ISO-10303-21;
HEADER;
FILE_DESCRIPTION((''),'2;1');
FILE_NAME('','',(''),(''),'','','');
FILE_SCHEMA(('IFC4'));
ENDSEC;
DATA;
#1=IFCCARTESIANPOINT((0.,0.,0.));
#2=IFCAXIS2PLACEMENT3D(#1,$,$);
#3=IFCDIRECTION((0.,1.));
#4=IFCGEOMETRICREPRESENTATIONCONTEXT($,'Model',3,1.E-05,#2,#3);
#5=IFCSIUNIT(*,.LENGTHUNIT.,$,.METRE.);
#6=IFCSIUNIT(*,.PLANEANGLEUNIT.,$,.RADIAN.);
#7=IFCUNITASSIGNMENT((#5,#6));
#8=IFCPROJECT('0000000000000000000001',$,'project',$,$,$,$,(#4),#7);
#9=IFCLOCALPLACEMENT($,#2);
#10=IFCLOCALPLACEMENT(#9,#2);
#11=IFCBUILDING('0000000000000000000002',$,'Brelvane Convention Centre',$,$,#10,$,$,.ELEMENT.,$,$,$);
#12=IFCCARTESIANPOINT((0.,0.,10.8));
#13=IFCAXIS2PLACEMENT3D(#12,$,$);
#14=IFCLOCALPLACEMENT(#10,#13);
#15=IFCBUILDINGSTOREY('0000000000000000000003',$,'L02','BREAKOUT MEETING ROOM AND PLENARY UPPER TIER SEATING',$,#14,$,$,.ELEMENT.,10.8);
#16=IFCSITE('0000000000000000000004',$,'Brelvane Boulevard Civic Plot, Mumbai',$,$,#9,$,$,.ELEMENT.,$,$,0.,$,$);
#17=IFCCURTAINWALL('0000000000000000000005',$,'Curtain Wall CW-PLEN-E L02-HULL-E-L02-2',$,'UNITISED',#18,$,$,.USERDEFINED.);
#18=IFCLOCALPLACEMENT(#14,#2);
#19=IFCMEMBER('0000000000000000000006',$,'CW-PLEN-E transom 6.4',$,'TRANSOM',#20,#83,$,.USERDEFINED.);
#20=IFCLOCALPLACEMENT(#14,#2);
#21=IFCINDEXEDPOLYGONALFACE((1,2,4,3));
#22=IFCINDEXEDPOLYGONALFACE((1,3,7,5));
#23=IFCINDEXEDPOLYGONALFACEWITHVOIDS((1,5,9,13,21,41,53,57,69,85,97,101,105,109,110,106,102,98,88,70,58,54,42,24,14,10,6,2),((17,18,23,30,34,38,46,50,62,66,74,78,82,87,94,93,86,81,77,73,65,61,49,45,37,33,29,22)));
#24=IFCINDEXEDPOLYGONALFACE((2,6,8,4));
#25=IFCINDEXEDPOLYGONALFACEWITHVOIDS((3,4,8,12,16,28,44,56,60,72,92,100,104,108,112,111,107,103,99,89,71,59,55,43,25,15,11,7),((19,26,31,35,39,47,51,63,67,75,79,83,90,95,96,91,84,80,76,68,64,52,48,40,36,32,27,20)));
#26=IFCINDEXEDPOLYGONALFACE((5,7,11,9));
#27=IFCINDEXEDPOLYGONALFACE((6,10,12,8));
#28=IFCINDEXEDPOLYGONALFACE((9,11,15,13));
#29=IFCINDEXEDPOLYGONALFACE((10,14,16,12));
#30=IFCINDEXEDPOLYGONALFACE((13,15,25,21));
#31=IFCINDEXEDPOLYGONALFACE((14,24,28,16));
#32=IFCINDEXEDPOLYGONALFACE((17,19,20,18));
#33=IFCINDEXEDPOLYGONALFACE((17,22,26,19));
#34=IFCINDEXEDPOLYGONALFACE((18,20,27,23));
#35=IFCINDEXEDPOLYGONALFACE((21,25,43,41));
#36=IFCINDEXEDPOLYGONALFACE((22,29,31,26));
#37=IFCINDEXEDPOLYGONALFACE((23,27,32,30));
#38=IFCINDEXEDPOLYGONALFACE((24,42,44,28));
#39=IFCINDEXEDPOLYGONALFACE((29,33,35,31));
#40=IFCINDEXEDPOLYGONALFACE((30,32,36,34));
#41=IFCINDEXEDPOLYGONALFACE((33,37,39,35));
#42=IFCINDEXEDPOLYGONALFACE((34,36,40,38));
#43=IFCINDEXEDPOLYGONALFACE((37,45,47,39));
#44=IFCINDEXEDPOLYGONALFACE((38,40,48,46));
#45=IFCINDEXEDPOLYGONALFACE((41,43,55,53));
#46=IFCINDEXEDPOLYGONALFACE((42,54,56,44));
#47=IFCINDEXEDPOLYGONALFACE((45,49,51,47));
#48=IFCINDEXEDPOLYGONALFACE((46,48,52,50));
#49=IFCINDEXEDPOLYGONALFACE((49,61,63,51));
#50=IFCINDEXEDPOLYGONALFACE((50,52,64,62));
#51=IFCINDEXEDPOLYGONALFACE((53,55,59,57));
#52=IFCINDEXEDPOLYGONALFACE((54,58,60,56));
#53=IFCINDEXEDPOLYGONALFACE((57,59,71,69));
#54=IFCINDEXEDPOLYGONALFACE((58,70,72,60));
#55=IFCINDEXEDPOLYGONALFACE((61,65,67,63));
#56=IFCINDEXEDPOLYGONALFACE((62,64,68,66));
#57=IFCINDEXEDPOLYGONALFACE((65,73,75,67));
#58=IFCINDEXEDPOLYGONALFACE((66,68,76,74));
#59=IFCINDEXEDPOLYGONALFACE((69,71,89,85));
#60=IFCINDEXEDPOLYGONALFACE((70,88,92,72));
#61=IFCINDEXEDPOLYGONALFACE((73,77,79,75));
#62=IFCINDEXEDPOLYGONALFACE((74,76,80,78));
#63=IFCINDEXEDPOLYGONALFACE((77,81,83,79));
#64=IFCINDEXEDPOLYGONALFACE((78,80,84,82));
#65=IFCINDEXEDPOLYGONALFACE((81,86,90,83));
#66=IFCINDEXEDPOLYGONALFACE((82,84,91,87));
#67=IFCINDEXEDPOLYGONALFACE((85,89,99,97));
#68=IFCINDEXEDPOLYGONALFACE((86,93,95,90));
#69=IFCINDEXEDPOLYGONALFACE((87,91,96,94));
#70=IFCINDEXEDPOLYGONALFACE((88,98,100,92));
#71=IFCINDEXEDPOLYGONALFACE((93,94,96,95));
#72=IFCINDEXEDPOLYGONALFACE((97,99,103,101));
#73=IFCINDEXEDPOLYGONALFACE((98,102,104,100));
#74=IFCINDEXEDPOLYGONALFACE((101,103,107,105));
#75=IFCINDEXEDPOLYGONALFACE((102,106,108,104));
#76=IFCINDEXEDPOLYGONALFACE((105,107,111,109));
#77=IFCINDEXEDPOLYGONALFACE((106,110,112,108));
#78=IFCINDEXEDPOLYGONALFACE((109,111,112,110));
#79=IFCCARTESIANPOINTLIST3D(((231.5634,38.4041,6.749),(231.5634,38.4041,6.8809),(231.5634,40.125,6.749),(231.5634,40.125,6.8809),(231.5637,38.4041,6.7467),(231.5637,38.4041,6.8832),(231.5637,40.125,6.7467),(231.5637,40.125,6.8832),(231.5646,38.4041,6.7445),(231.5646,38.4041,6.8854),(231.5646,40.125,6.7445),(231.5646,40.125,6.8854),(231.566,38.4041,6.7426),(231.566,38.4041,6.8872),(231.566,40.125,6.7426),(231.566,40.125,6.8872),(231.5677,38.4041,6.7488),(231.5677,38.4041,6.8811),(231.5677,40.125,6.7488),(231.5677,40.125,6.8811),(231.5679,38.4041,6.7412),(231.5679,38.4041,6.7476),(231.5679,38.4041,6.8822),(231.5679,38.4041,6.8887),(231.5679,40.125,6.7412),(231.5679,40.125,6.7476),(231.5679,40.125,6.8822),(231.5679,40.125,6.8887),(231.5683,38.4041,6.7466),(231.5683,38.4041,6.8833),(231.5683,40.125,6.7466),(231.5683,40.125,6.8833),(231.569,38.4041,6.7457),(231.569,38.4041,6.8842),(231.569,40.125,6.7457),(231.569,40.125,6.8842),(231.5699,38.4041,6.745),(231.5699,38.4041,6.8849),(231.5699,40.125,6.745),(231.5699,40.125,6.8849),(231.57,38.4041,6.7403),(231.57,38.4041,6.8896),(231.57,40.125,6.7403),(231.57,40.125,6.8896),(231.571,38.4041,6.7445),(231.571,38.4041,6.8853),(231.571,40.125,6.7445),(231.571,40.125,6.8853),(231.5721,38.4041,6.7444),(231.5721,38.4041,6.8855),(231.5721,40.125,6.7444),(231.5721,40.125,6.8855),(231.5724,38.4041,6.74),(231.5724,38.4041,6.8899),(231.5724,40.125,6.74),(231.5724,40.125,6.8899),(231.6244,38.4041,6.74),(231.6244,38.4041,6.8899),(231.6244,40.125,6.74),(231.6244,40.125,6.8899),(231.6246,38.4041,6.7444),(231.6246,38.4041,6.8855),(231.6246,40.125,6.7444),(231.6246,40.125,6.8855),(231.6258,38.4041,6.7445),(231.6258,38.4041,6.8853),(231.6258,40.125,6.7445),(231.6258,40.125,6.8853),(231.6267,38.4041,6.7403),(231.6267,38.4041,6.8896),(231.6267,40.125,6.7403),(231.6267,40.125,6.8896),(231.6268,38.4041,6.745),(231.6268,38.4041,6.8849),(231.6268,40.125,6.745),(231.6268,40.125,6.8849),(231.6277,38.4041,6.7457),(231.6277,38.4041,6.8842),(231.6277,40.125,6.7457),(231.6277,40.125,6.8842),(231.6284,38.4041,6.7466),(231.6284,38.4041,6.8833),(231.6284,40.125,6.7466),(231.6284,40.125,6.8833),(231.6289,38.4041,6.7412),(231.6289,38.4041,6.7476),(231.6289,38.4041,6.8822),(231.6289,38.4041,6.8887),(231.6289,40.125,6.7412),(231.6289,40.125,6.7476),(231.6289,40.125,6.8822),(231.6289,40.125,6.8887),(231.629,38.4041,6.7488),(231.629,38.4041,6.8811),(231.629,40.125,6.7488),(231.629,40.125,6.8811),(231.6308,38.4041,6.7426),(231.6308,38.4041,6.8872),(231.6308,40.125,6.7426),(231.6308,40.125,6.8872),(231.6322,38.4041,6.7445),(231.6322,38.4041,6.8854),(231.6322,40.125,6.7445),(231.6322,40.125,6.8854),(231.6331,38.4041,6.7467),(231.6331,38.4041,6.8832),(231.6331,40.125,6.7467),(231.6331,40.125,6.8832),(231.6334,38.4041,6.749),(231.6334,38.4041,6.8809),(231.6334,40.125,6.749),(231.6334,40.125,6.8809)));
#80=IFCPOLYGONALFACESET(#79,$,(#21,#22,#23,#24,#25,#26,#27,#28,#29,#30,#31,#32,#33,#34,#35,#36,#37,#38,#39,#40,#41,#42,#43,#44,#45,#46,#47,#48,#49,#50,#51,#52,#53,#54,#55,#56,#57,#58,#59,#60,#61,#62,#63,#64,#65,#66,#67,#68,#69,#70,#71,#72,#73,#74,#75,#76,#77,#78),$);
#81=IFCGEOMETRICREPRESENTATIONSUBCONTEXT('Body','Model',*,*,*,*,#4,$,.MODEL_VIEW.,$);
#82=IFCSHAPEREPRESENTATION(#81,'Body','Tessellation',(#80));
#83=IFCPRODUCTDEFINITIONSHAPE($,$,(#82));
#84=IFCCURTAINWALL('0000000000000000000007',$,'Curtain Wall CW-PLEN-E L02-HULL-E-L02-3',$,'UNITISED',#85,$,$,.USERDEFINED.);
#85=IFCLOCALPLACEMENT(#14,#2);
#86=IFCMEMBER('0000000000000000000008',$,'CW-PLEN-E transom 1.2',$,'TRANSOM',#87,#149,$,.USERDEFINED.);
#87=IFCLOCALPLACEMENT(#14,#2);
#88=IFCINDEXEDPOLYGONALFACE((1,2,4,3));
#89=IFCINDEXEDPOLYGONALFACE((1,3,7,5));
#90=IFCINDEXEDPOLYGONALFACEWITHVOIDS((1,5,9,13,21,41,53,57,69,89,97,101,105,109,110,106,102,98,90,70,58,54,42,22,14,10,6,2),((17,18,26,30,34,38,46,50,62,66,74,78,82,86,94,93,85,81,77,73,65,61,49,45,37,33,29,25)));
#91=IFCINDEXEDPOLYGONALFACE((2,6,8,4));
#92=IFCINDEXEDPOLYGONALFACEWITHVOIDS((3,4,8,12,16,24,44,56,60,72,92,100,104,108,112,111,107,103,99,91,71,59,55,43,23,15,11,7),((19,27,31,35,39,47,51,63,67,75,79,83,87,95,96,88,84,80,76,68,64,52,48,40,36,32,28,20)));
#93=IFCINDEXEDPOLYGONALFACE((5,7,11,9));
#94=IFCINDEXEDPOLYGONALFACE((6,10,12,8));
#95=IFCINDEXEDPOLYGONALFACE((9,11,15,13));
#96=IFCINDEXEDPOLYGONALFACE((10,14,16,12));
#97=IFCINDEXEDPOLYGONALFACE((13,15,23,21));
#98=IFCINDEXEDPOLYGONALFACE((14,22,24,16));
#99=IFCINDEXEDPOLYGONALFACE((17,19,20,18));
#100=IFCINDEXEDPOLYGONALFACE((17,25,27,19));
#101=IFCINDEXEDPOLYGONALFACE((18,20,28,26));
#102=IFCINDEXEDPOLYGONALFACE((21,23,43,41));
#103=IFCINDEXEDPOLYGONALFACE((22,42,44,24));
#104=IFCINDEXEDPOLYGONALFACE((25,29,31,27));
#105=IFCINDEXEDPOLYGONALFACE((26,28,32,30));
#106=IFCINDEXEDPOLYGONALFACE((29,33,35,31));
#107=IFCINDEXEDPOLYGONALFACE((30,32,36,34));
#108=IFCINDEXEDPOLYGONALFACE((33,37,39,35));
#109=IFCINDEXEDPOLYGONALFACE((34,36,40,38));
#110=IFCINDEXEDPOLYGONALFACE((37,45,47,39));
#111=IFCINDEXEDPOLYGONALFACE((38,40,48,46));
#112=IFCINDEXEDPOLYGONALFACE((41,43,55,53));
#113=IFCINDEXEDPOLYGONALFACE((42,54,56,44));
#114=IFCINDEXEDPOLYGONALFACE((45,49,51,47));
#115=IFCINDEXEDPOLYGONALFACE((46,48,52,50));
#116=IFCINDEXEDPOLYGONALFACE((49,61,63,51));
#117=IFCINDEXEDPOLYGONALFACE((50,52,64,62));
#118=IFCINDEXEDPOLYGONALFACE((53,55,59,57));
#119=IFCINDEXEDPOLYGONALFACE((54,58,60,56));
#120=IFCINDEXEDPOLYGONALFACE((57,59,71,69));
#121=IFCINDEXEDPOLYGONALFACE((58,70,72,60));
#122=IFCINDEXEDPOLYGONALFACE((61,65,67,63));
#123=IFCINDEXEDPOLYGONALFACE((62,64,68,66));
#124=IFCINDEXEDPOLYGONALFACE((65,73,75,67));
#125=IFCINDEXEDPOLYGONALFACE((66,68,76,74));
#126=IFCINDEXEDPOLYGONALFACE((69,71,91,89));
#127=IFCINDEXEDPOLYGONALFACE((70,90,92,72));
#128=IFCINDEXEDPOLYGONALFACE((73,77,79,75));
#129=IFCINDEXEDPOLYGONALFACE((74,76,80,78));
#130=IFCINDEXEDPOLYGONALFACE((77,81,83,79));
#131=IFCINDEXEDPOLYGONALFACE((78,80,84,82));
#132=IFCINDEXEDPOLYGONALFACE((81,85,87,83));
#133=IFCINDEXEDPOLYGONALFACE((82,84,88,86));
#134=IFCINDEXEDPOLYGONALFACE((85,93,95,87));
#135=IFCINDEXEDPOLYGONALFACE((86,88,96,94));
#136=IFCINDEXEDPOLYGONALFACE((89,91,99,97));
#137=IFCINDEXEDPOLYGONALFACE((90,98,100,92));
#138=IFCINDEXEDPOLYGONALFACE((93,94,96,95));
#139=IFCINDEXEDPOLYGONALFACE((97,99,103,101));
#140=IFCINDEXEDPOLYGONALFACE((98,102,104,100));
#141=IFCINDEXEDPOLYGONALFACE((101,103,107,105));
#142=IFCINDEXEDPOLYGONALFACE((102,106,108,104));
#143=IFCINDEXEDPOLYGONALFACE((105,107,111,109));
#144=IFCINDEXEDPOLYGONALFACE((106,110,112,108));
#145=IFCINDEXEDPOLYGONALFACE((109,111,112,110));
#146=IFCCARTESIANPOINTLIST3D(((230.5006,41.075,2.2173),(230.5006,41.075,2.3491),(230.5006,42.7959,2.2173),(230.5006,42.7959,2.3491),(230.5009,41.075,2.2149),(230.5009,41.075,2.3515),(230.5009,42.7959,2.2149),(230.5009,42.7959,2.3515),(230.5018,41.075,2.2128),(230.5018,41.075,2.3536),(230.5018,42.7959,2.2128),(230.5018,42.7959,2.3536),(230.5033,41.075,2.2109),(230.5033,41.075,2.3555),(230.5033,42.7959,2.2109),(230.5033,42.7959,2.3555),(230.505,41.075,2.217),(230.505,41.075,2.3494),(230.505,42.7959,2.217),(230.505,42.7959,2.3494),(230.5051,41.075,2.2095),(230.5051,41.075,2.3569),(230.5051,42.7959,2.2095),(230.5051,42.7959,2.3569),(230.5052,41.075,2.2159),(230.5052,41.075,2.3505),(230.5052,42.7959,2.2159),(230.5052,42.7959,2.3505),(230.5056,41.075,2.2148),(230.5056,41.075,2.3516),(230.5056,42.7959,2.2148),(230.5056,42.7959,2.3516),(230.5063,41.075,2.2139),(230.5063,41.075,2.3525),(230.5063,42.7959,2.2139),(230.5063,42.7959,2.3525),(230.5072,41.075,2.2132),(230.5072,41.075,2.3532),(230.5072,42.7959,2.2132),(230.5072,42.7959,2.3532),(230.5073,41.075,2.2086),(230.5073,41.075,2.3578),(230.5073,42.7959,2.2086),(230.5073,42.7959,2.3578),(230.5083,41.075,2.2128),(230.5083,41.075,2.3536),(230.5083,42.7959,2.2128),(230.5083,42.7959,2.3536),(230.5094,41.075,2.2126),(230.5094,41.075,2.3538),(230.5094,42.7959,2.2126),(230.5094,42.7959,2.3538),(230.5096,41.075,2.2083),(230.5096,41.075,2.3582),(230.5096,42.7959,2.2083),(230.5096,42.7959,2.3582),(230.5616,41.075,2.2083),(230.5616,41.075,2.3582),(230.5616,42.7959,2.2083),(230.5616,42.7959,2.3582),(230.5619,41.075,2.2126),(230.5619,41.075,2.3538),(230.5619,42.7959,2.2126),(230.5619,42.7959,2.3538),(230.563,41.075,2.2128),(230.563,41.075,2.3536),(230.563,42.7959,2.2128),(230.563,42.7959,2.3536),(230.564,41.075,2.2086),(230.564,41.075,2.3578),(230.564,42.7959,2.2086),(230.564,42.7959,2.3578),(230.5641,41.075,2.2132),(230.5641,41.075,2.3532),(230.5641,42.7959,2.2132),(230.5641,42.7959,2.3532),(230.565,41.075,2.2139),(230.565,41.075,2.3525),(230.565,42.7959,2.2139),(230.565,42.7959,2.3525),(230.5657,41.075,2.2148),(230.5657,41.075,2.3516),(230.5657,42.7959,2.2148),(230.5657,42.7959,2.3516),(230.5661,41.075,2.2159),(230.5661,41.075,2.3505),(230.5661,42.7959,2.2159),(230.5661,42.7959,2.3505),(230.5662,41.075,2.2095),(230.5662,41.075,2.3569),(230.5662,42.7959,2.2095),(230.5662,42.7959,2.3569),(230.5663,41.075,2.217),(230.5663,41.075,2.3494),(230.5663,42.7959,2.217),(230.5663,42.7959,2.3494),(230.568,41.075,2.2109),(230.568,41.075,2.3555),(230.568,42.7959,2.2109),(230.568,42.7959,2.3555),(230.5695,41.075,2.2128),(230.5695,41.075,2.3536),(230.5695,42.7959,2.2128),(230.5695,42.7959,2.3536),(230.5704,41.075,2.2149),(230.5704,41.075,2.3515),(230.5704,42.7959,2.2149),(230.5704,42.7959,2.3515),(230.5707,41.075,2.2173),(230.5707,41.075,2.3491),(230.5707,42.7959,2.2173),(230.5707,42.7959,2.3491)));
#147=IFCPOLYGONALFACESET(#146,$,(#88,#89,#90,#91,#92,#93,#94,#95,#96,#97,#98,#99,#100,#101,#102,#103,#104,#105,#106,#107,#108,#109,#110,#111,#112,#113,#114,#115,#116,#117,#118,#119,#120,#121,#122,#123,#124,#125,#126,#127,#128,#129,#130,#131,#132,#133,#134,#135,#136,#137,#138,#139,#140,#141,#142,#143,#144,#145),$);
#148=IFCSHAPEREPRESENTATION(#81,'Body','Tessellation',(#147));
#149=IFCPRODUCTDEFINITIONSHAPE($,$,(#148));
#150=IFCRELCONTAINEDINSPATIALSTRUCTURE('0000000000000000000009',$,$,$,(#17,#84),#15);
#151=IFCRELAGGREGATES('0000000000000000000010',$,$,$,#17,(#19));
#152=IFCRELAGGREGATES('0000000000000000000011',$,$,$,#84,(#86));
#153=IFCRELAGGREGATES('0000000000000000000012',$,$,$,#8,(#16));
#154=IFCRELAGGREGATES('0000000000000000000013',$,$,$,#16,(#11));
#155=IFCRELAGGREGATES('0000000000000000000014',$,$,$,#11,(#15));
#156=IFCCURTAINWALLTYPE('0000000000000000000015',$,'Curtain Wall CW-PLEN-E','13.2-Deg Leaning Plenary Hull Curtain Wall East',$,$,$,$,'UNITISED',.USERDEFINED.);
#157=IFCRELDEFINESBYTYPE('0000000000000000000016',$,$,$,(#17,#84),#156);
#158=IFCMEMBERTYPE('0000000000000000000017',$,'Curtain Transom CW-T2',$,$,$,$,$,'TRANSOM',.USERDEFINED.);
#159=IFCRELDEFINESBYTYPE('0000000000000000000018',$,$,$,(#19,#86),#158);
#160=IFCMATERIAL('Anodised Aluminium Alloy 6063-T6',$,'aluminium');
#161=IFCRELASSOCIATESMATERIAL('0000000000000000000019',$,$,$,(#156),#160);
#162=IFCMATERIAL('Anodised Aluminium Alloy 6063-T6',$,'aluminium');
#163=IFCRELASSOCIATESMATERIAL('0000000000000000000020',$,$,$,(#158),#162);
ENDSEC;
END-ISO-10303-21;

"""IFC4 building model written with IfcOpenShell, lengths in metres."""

from ifc_helpers import new_model, si_unit, direction, frame, origin, origin_2d, place, context, subcontext, project, spatial, hollow_rectangle, extrude, material, material_profile, profile_set, type_object, element, aggregate, save


model = new_model("IFC4")

# Units and contexts
model_context = context("Model", 3, precision=1e-05, world=origin(), true_north=direction((0.0, 1.0)))
body_context = subcontext(model_context, "Body", "Model", "MODEL_VIEW")
ifc_project = project(units=[si_unit("LENGTHUNIT", "METRE"), si_unit("PLANEANGLEUNIT", "RADIAN")], contexts=[model_context])

# Site, building, storey
site_placement = place(None, origin())
site = spatial("IfcSite", under=ifc_project, at=site_placement, Name="Brelvane Boulevard Civic Plot, Mumbai", CompositionType="ELEMENT", RefElevation=0.0)
building_placement = place(site_placement, origin())
building = spatial("IfcBuilding", under=site, at=building_placement, Name="Brelvane Convention Centre", CompositionType="ELEMENT")
storey_placement = place(building_placement, frame((0.0, 0.0, 10.8)))
storey = spatial("IfcBuildingStorey", under=building, at=storey_placement, Name="L02", Description="BREAKOUT MEETING ROOM AND PLENARY UPPER TIER SEATING", CompositionType="ELEMENT", Elevation=10.8)

# Curtain walls, members
ifc_material_1 = material(Name="Anodised Aluminium Alloy 6063-T6", Category="aluminium")
curtain_wall_type = type_object("IfcCurtainWallType", Name="Curtain Wall CW-PLEN-E", Description="13.2-Deg Leaning Plenary Hull Curtain Wall East", ElementType="UNITISED", PredefinedType="USERDEFINED", material=ifc_material_1)
curtain_wall_1_placement = place(storey_placement, origin())
curtain_wall_1 = element("IfcCurtainWall", 1, at=curtain_wall_1_placement, inside=storey, type_object=curtain_wall_type, Name="Curtain Wall CW-PLEN-E L02-HULL-E-L02-2", ObjectType="UNITISED", PredefinedType="USERDEFINED")
ifc_material_2 = material(Name="Anodised Aluminium Alloy 6063-T6", Category="aluminium")
ifc_material_profile = material_profile(ifc_material_2, hollow_rectangle(XDim=0.0701, YDim=0.1499, WallThickness=0.0044, InnerFilletRadius=0.0044, OuterFilletRadius=0.009, at=origin_2d()), Name="ALU-T 150x70x4.5")
ifc_profile_set = profile_set([ifc_material_profile], Name="Anodised Aluminium Alloy 6063-T6")
member_type = type_object("IfcMemberType", Name="Curtain Transom CW-T2", ElementType="TRANSOM", PredefinedType="USERDEFINED", material=ifc_profile_set)
member_1_placement = place(storey_placement, frame((231.5984, 38.4041, 6.8149), z_axis=(0.0, 1.0, 0.0), x_axis=(-1.0, 0.0, 0.0)))
member_1 = element("IfcMember", 2, at=member_1_placement, type_object=member_type, Name="CW-PLEN-E transom 6.4", ObjectType="TRANSOM", PredefinedType="USERDEFINED", context=body_context, shape_type="SweptSolid", body=[
    extrude(hollow_rectangle(XDim=0.0701, YDim=0.1499, WallThickness=0.0044, InnerFilletRadius=0.0044, OuterFilletRadius=0.009, at=origin_2d()), origin(), (0.0, 0.0, 1.0), 1.7209),
])
curtain_wall_2_placement = place(storey_placement, origin())
curtain_wall_2 = element("IfcCurtainWall", 3, at=curtain_wall_2_placement, inside=storey, type_object=curtain_wall_type, Name="Curtain Wall CW-PLEN-E L02-HULL-E-L02-3", ObjectType="UNITISED", PredefinedType="USERDEFINED")
member_2_placement = place(storey_placement, frame((230.5356, 41.075, 2.2832), z_axis=(0.0, 1.0, 0.0), x_axis=(-1.0, 0.0, 0.0)))
member_2 = element("IfcMember", 4, at=member_2_placement, type_object=member_type, Name="CW-PLEN-E transom 1.2", ObjectType="TRANSOM", PredefinedType="USERDEFINED", context=body_context, shape_type="SweptSolid", body=[
    extrude(hollow_rectangle(XDim=0.0701, YDim=0.1499, WallThickness=0.0044, InnerFilletRadius=0.0044, OuterFilletRadius=0.009, at=origin_2d()), origin(), (0.0, 0.0, 1.0), 1.7209),
])

aggregate(curtain_wall_1, [member_1])
aggregate(curtain_wall_2, [member_2])

save(model, "model.ifc")
